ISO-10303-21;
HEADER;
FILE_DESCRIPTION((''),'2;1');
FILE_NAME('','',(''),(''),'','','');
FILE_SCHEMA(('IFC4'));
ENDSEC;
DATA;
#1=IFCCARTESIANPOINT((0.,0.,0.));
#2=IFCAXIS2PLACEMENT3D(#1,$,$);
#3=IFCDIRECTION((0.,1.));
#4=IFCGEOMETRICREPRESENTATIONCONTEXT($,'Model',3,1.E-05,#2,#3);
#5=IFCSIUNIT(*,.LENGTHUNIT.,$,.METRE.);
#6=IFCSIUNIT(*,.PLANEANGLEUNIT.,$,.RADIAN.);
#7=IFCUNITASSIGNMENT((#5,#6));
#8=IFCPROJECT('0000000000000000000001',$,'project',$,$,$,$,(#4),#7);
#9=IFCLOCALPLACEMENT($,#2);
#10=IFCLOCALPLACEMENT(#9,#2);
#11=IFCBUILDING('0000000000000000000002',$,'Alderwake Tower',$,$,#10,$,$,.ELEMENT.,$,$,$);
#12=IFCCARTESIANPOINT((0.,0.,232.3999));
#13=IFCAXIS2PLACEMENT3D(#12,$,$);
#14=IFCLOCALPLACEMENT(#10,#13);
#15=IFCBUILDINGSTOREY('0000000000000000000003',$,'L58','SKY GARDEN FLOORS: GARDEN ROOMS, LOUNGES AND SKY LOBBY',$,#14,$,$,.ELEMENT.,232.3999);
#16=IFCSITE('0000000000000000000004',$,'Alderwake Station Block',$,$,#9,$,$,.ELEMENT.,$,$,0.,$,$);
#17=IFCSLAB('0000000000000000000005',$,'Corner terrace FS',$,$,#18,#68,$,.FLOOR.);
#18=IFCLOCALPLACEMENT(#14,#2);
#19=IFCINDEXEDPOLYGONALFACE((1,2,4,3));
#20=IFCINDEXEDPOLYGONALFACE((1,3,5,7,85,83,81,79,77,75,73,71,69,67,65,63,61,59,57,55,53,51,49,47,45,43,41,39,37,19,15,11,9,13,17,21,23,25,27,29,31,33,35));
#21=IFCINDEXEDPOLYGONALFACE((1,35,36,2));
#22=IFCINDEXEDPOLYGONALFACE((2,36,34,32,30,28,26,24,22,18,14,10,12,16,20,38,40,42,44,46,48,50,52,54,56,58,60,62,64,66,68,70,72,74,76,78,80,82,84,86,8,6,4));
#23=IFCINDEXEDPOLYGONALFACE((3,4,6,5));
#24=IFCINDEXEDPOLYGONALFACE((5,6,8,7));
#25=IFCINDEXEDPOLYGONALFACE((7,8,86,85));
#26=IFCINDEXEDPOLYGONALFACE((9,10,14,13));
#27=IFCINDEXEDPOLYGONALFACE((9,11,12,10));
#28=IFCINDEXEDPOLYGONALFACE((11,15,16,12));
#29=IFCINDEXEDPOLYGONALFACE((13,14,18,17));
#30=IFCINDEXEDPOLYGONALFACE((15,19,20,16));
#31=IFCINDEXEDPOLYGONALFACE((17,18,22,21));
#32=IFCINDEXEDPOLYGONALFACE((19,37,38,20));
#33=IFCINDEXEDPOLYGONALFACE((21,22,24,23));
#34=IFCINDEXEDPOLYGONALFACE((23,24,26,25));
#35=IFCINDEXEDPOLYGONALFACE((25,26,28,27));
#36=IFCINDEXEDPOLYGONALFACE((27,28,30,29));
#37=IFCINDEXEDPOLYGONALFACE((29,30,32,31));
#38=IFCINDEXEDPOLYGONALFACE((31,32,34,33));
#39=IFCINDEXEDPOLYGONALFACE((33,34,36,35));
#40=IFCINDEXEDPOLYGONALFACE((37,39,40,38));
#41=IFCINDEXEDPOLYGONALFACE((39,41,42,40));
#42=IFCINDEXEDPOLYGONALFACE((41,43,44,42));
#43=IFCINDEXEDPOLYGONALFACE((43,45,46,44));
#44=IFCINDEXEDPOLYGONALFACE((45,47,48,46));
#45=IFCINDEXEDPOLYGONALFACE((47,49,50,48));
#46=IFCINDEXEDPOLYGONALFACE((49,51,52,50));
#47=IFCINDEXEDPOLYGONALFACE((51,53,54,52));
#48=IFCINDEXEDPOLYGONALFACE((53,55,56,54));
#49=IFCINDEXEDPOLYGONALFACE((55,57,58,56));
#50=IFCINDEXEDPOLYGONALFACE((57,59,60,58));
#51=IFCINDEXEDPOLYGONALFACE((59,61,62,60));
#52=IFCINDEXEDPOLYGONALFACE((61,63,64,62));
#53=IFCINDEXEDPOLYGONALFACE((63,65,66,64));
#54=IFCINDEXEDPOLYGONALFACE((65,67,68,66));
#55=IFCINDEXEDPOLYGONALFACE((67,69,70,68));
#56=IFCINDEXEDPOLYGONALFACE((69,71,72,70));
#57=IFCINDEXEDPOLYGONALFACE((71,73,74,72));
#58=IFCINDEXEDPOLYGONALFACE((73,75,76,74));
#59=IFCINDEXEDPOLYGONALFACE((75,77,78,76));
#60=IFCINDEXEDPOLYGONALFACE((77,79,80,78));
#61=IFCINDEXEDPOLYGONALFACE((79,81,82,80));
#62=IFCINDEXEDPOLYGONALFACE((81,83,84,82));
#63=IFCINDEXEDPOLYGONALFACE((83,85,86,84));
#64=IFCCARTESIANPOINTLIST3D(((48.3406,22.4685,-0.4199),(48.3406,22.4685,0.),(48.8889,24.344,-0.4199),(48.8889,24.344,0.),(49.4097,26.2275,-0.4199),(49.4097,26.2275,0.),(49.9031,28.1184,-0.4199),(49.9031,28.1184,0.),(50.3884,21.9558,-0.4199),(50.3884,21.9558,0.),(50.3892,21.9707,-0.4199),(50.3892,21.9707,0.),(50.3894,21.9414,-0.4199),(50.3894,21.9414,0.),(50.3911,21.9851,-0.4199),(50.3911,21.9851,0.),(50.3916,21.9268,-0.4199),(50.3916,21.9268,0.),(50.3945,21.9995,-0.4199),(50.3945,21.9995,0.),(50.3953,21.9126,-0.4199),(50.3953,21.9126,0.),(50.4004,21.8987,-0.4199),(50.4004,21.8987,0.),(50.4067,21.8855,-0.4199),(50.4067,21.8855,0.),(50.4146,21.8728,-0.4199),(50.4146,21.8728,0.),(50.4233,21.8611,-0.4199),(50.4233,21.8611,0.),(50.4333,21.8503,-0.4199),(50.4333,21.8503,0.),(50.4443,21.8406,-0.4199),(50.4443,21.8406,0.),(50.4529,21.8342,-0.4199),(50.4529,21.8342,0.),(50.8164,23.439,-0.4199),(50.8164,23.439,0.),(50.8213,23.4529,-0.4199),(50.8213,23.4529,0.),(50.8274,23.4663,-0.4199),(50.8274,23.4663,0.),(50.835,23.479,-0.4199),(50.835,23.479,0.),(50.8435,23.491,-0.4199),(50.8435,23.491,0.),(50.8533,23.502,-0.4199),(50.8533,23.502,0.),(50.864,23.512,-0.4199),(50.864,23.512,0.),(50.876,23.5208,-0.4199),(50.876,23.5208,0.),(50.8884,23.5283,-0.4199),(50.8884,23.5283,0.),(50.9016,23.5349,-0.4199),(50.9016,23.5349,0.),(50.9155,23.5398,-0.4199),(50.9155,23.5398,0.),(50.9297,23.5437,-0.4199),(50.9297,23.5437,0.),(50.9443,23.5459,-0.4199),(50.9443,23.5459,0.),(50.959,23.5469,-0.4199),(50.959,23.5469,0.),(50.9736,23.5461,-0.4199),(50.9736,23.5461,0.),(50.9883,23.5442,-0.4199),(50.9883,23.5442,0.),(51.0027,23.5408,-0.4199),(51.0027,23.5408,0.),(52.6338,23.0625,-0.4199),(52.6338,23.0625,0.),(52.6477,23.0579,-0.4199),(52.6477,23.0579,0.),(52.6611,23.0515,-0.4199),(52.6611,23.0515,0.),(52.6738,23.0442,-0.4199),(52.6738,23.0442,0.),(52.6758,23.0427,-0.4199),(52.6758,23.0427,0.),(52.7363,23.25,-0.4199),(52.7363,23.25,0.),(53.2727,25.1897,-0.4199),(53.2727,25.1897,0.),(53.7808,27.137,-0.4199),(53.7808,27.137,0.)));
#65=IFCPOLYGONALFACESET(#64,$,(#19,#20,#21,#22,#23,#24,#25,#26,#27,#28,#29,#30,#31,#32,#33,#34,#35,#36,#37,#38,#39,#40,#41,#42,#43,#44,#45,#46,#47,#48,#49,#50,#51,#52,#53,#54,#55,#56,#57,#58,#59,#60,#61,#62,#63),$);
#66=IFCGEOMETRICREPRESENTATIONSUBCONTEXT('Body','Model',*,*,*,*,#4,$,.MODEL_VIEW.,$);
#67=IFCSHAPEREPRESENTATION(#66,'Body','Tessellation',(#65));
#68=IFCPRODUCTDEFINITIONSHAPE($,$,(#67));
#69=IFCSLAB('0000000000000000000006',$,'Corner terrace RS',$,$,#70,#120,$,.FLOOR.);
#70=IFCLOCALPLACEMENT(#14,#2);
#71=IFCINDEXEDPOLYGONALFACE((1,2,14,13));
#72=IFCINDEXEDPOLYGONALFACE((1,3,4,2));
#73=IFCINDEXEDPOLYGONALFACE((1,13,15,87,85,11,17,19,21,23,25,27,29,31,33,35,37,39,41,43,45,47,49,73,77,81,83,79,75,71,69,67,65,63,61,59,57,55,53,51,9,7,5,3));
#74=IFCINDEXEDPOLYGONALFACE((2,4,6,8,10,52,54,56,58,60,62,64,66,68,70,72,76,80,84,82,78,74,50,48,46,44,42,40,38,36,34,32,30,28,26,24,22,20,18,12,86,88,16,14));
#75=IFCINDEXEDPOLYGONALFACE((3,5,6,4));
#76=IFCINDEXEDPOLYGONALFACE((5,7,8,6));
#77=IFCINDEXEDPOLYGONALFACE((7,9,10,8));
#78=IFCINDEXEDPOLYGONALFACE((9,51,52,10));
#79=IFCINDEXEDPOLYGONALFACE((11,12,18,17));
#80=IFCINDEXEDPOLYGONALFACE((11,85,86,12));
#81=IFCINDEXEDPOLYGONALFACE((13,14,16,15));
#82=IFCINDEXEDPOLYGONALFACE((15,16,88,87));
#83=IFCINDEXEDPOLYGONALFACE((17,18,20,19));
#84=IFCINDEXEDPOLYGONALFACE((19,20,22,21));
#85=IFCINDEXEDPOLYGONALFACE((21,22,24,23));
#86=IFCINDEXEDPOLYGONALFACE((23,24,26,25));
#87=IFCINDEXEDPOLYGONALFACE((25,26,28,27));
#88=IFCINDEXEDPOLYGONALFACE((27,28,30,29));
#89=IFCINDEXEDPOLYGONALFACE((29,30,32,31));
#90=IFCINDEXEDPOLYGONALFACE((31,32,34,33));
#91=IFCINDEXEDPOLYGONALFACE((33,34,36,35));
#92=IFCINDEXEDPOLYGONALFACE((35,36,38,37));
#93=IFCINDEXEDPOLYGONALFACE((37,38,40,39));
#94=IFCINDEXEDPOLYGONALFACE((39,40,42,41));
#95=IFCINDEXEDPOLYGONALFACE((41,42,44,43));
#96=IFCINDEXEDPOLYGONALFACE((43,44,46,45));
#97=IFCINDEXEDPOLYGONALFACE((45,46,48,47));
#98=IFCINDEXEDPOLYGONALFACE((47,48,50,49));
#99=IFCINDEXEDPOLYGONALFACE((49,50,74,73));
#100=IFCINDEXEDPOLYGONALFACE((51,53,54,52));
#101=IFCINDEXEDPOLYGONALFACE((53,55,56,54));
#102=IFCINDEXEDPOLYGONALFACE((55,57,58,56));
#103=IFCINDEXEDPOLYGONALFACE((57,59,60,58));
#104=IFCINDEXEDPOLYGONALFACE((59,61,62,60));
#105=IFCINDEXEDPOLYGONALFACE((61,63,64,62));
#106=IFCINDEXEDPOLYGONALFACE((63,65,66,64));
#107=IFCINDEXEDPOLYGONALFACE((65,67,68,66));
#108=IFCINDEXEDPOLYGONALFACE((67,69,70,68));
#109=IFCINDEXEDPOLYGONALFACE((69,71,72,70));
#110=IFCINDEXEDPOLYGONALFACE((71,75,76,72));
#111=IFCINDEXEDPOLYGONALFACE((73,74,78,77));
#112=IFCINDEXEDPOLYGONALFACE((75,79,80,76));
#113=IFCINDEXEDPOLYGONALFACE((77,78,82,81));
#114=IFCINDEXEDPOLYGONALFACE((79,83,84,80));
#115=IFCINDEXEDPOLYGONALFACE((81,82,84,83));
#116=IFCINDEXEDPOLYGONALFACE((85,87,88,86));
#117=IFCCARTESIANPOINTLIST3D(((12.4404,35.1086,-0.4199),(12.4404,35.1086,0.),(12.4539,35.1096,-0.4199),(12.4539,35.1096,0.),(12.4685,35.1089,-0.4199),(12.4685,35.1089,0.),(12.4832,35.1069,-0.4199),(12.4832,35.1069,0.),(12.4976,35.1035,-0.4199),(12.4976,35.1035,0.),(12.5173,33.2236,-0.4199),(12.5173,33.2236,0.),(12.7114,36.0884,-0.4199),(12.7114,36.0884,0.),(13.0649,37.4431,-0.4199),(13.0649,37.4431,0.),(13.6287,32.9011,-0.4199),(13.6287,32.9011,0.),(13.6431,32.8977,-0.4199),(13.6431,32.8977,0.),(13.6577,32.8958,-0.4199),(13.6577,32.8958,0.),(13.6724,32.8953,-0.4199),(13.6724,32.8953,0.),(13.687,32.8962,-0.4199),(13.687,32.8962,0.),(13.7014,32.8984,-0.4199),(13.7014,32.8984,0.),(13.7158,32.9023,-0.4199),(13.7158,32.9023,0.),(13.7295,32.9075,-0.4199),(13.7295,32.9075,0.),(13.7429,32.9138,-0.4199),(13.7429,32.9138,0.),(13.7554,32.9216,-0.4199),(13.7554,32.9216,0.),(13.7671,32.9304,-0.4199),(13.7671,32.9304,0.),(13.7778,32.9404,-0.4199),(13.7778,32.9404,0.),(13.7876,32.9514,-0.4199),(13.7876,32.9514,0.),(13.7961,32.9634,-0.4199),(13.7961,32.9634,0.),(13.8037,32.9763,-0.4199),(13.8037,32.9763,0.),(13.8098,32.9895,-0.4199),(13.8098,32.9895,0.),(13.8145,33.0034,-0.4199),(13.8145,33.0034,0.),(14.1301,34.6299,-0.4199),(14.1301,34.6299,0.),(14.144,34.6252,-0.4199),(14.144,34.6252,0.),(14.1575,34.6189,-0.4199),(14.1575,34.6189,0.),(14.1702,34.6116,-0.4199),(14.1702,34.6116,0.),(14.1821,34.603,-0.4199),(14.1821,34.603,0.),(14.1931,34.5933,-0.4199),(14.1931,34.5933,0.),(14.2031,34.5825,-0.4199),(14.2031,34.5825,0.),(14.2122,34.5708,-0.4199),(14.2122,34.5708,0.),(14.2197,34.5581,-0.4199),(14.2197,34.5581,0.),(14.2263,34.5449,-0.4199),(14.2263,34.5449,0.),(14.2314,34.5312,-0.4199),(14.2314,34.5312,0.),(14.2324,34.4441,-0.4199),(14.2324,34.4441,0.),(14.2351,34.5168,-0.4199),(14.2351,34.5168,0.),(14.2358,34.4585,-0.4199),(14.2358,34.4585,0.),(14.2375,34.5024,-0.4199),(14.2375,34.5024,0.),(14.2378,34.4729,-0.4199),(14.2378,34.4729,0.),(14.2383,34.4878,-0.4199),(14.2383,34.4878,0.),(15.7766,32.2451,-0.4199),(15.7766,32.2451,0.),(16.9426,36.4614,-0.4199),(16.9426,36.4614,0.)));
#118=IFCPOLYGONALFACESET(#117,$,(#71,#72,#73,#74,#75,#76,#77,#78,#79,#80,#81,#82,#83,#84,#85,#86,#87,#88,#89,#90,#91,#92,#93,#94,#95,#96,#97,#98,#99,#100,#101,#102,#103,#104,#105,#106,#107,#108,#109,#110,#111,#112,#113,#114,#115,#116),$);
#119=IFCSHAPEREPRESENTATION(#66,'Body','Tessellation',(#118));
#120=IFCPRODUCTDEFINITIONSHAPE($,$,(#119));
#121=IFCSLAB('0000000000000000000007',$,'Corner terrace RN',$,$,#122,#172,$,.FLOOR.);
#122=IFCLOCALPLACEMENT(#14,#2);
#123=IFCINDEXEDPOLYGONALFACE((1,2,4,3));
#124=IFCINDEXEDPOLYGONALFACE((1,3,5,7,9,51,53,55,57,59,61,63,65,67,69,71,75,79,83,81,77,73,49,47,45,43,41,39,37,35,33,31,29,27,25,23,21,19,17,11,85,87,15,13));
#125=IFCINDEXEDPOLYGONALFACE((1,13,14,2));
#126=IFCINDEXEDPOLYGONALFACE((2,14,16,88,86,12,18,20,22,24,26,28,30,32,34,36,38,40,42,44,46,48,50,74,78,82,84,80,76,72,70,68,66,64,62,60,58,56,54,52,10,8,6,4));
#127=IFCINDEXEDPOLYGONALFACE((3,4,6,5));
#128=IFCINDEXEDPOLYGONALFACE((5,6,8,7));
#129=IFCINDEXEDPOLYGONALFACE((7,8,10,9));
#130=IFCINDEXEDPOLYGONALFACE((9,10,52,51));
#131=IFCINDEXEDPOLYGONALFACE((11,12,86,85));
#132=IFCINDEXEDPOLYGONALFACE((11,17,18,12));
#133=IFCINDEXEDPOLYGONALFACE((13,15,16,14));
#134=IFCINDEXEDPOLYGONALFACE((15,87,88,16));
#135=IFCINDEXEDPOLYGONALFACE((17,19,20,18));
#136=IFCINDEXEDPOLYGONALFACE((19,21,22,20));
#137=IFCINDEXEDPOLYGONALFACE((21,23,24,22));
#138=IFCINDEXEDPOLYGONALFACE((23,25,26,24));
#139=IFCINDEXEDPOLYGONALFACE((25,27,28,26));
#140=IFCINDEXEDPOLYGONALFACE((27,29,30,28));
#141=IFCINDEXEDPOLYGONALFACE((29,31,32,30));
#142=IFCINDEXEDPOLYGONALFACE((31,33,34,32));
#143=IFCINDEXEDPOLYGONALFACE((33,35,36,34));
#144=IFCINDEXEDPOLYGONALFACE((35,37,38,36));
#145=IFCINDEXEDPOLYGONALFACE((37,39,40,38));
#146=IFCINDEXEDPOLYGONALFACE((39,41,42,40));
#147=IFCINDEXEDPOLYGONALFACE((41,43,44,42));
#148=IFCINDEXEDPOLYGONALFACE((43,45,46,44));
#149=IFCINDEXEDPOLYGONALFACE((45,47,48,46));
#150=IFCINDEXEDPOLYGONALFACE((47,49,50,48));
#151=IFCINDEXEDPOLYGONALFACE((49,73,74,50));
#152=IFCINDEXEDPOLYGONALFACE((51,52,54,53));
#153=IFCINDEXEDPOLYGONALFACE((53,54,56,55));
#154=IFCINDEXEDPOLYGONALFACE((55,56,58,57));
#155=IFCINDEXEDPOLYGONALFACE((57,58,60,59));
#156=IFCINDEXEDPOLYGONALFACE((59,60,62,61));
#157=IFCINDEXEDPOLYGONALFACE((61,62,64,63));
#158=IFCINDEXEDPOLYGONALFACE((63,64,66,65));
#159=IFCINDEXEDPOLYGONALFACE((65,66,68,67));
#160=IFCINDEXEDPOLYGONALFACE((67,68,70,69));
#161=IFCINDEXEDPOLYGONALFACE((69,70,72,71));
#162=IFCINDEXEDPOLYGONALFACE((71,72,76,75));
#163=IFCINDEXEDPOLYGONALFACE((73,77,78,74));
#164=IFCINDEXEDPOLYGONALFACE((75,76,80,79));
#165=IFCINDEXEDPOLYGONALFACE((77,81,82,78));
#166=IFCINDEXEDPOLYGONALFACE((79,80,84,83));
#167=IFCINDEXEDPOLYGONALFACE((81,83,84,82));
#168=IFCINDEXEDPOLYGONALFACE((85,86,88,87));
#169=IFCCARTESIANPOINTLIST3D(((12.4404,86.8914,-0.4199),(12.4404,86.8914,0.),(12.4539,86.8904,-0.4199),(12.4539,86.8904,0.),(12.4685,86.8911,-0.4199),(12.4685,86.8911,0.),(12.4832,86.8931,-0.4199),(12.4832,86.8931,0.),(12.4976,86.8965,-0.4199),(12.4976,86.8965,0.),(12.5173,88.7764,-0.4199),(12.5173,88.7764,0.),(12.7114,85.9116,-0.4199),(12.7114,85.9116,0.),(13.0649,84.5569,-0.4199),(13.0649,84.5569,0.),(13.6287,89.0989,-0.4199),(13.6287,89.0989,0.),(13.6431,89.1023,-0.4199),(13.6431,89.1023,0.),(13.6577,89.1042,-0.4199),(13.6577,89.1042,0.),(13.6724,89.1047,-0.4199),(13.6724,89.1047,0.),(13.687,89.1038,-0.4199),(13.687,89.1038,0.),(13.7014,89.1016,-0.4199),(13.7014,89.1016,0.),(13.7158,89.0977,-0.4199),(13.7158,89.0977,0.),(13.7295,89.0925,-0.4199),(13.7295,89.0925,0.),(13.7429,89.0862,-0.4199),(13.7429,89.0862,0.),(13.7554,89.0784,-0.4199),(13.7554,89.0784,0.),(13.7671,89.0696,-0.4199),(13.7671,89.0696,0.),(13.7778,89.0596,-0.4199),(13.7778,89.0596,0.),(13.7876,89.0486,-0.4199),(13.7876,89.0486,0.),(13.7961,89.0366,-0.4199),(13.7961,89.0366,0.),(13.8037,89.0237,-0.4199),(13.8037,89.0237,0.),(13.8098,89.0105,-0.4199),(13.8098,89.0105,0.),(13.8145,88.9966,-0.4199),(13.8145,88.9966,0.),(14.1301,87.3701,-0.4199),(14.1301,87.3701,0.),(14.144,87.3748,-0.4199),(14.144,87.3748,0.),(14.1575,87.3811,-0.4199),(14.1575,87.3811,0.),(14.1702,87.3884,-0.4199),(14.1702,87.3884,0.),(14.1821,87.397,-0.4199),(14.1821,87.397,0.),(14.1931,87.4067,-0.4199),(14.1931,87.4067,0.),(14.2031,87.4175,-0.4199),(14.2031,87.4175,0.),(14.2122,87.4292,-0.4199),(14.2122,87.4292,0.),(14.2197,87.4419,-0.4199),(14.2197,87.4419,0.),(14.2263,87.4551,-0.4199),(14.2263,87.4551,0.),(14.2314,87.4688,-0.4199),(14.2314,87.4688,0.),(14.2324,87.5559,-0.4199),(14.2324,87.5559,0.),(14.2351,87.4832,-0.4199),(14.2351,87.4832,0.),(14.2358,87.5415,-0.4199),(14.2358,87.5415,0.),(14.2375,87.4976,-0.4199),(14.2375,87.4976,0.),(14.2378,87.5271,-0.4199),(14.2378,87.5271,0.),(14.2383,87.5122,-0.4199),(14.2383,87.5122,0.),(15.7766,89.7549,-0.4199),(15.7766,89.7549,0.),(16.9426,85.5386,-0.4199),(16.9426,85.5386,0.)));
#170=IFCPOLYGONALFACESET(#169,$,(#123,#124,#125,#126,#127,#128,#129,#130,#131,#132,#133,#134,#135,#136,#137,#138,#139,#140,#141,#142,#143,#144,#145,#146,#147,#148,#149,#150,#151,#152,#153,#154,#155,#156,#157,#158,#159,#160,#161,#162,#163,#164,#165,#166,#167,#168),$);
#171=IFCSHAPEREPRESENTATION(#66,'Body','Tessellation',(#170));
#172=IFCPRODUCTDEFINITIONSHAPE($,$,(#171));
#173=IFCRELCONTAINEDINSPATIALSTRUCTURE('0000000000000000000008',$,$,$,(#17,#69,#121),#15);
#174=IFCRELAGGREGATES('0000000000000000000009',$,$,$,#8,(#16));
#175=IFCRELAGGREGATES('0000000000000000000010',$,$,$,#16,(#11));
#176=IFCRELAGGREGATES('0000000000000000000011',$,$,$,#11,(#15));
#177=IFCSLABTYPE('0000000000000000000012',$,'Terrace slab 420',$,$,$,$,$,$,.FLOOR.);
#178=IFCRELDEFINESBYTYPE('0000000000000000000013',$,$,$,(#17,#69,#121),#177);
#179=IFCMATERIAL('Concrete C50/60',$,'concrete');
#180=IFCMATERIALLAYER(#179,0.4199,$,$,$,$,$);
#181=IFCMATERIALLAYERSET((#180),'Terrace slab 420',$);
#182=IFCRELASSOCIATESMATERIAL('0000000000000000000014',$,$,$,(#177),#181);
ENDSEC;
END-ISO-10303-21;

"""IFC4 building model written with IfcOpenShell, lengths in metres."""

from ifc_helpers import new_model, si_unit, direction, frame, origin, place, context, subcontext, project, spatial, polyline, outline, extrude, material, layer, layer_set, type_object, element, save


model = new_model("IFC4")

# Units and contexts
model_context = context("Model", 3, precision=1e-05, world=origin(), true_north=direction((0.0, 1.0)))
body_context = subcontext(model_context, "Body", "Model", "MODEL_VIEW")
ifc_project = project(units=[si_unit("LENGTHUNIT", "METRE"), si_unit("PLANEANGLEUNIT", "RADIAN")], contexts=[model_context])

# Site, building, storey
site_placement = place(None, origin())
site = spatial("IfcSite", under=ifc_project, at=site_placement, Name="Alderwake Station Block", CompositionType="ELEMENT", RefElevation=0.0)
building_placement = place(site_placement, origin())
building = spatial("IfcBuilding", under=site, at=building_placement, Name="Alderwake Tower", CompositionType="ELEMENT")
storey_placement = place(building_placement, frame((0.0, 0.0, 232.3999)))
storey = spatial("IfcBuildingStorey", under=building, at=storey_placement, Name="L58", Description="SKY GARDEN FLOORS: GARDEN ROOMS, LOUNGES AND SKY LOBBY", CompositionType="ELEMENT", Elevation=232.3999)

# Slabs
ifc_material_1 = material(Name="Concrete C50/60", Category="concrete")
ifc_layer_1 = layer(ifc_material_1, 0.4199)
ifc_layer_set_1 = layer_set([ifc_layer_1], Name="Terrace slab 420")
slab_type_1 = type_object("IfcSlabType", Name="Terrace slab 420", PredefinedType="FLOOR", material=ifc_layer_set_1)
slab_1_placement = place(storey_placement, frame((0.0, 0.0, -0.4199)))
element("IfcSlab", 1, at=slab_1_placement, inside=storey, type_object=slab_type_1, Name="Corner terrace FS", PredefinedType="FLOOR", context=body_context, shape_type="SweptSolid", body=[
    extrude(outline(polyline([(52.7363, 23.25), (52.6758, 23.0427), (52.6738, 23.0442), (52.6611, 23.0515), (52.6477, 23.0579), (52.6338, 23.0625), (51.0027, 23.5408), (50.9883, 23.5442), (50.9736, 23.5461), (50.959, 23.5469), (50.9443, 23.5459), (50.9297, 23.5437), (50.9155, 23.5398), (50.9016, 23.5349), (50.8884, 23.5283), (50.876, 23.5208), (50.864, 23.512), (50.8533, 23.502), (50.8435, 23.491), (50.835, 23.479), (50.8274, 23.4663), (50.8213, 23.4529), (50.8164, 23.439), (50.3945, 21.9995), (50.3911, 21.9851), (50.3892, 21.9707), (50.3884, 21.9558), (50.3894, 21.9414), (50.3916, 21.9268), (50.3953, 21.9126), (50.4004, 21.8987), (50.4067, 21.8855), (50.4146, 21.8728), (50.4233, 21.8611), (50.4333, 21.8503), (50.4443, 21.8406), (50.4529, 21.8342), (48.3406, 22.4685), (48.8889, 24.344), (49.4097, 26.2275), (49.9031, 28.1184), (53.7808, 27.137), (53.2727, 25.1897), (52.7363, 23.25)])), origin(), (0.0, 0.0, 1.0), 0.4199),
])
slab_2_placement = place(storey_placement, frame((0.0, 0.0, -0.4199)))
element("IfcSlab", 2, at=slab_2_placement, inside=storey, type_object=slab_type_1, Name="Corner terrace RS", PredefinedType="FLOOR", context=body_context, shape_type="SweptSolid", body=[
    extrude(outline(polyline([(15.7766, 32.2451), (12.5173, 33.2236), (13.6287, 32.9011), (13.6431, 32.8977), (13.6577, 32.8958), (13.6724, 32.8953), (13.687, 32.8962), (13.7014, 32.8984), (13.7158, 32.9023), (13.7295, 32.9075), (13.7429, 32.9138), (13.7554, 32.9216), (13.7671, 32.9304), (13.7778, 32.9404), (13.7876, 32.9514), (13.7961, 32.9634), (13.8037, 32.9763), (13.8098, 32.9895), (13.8145, 33.0034), (14.2324, 34.4441), (14.2358, 34.4585), (14.2378, 34.4729), (14.2383, 34.4878), (14.2375, 34.5024), (14.2351, 34.5168), (14.2314, 34.5312), (14.2263, 34.5449), (14.2197, 34.5581), (14.2122, 34.5708), (14.2031, 34.5825), (14.1931, 34.5933), (14.1821, 34.603), (14.1702, 34.6116), (14.1575, 34.6189), (14.144, 34.6252), (14.1301, 34.6299), (12.4976, 35.1035), (12.4832, 35.1069), (12.4685, 35.1089), (12.4539, 35.1096), (12.4404, 35.1086), (12.7114, 36.0884), (13.0649, 37.4431), (16.9426, 36.4614), (15.7766, 32.2451)])), origin(), (0.0, 0.0, 1.0), 0.4199),
])
slab_3_placement = place(storey_placement, frame((0.0, 0.0, -0.4199)))
element("IfcSlab", 3, at=slab_3_placement, inside=storey, type_object=slab_type_1, Name="Corner terrace RN", PredefinedType="FLOOR", context=body_context, shape_type="SweptSolid", body=[
    extrude(outline(polyline([(12.4404, 86.8914), (12.4539, 86.8904), (12.4685, 86.8911), (12.4832, 86.8931), (12.4976, 86.8965), (14.1301, 87.3701), (14.144, 87.3748), (14.1575, 87.3811), (14.1702, 87.3884), (14.1821, 87.397), (14.1931, 87.4067), (14.2031, 87.4175), (14.2122, 87.4292), (14.2197, 87.4419), (14.2263, 87.4551), (14.2314, 87.4688), (14.2351, 87.4832), (14.2375, 87.4976), (14.2383, 87.5122), (14.2378, 87.5271), (14.2358, 87.5415), (14.2324, 87.5559), (13.8145, 88.9966), (13.8098, 89.0105), (13.8037, 89.0237), (13.7961, 89.0366), (13.7876, 89.0486), (13.7778, 89.0596), (13.7671, 89.0696), (13.7554, 89.0784), (13.7429, 89.0862), (13.7295, 89.0925), (13.7158, 89.0977), (13.7014, 89.1016), (13.687, 89.1038), (13.6724, 89.1047), (13.6577, 89.1042), (13.6431, 89.1023), (13.6287, 89.0989), (12.5173, 88.7764), (15.7766, 89.7549), (16.9426, 85.5386), (13.0649, 84.5569), (12.7114, 85.9116), (12.4404, 86.8914)])), origin(), (0.0, 0.0, 1.0), 0.4199),
])

save(model, "model.ifc")
